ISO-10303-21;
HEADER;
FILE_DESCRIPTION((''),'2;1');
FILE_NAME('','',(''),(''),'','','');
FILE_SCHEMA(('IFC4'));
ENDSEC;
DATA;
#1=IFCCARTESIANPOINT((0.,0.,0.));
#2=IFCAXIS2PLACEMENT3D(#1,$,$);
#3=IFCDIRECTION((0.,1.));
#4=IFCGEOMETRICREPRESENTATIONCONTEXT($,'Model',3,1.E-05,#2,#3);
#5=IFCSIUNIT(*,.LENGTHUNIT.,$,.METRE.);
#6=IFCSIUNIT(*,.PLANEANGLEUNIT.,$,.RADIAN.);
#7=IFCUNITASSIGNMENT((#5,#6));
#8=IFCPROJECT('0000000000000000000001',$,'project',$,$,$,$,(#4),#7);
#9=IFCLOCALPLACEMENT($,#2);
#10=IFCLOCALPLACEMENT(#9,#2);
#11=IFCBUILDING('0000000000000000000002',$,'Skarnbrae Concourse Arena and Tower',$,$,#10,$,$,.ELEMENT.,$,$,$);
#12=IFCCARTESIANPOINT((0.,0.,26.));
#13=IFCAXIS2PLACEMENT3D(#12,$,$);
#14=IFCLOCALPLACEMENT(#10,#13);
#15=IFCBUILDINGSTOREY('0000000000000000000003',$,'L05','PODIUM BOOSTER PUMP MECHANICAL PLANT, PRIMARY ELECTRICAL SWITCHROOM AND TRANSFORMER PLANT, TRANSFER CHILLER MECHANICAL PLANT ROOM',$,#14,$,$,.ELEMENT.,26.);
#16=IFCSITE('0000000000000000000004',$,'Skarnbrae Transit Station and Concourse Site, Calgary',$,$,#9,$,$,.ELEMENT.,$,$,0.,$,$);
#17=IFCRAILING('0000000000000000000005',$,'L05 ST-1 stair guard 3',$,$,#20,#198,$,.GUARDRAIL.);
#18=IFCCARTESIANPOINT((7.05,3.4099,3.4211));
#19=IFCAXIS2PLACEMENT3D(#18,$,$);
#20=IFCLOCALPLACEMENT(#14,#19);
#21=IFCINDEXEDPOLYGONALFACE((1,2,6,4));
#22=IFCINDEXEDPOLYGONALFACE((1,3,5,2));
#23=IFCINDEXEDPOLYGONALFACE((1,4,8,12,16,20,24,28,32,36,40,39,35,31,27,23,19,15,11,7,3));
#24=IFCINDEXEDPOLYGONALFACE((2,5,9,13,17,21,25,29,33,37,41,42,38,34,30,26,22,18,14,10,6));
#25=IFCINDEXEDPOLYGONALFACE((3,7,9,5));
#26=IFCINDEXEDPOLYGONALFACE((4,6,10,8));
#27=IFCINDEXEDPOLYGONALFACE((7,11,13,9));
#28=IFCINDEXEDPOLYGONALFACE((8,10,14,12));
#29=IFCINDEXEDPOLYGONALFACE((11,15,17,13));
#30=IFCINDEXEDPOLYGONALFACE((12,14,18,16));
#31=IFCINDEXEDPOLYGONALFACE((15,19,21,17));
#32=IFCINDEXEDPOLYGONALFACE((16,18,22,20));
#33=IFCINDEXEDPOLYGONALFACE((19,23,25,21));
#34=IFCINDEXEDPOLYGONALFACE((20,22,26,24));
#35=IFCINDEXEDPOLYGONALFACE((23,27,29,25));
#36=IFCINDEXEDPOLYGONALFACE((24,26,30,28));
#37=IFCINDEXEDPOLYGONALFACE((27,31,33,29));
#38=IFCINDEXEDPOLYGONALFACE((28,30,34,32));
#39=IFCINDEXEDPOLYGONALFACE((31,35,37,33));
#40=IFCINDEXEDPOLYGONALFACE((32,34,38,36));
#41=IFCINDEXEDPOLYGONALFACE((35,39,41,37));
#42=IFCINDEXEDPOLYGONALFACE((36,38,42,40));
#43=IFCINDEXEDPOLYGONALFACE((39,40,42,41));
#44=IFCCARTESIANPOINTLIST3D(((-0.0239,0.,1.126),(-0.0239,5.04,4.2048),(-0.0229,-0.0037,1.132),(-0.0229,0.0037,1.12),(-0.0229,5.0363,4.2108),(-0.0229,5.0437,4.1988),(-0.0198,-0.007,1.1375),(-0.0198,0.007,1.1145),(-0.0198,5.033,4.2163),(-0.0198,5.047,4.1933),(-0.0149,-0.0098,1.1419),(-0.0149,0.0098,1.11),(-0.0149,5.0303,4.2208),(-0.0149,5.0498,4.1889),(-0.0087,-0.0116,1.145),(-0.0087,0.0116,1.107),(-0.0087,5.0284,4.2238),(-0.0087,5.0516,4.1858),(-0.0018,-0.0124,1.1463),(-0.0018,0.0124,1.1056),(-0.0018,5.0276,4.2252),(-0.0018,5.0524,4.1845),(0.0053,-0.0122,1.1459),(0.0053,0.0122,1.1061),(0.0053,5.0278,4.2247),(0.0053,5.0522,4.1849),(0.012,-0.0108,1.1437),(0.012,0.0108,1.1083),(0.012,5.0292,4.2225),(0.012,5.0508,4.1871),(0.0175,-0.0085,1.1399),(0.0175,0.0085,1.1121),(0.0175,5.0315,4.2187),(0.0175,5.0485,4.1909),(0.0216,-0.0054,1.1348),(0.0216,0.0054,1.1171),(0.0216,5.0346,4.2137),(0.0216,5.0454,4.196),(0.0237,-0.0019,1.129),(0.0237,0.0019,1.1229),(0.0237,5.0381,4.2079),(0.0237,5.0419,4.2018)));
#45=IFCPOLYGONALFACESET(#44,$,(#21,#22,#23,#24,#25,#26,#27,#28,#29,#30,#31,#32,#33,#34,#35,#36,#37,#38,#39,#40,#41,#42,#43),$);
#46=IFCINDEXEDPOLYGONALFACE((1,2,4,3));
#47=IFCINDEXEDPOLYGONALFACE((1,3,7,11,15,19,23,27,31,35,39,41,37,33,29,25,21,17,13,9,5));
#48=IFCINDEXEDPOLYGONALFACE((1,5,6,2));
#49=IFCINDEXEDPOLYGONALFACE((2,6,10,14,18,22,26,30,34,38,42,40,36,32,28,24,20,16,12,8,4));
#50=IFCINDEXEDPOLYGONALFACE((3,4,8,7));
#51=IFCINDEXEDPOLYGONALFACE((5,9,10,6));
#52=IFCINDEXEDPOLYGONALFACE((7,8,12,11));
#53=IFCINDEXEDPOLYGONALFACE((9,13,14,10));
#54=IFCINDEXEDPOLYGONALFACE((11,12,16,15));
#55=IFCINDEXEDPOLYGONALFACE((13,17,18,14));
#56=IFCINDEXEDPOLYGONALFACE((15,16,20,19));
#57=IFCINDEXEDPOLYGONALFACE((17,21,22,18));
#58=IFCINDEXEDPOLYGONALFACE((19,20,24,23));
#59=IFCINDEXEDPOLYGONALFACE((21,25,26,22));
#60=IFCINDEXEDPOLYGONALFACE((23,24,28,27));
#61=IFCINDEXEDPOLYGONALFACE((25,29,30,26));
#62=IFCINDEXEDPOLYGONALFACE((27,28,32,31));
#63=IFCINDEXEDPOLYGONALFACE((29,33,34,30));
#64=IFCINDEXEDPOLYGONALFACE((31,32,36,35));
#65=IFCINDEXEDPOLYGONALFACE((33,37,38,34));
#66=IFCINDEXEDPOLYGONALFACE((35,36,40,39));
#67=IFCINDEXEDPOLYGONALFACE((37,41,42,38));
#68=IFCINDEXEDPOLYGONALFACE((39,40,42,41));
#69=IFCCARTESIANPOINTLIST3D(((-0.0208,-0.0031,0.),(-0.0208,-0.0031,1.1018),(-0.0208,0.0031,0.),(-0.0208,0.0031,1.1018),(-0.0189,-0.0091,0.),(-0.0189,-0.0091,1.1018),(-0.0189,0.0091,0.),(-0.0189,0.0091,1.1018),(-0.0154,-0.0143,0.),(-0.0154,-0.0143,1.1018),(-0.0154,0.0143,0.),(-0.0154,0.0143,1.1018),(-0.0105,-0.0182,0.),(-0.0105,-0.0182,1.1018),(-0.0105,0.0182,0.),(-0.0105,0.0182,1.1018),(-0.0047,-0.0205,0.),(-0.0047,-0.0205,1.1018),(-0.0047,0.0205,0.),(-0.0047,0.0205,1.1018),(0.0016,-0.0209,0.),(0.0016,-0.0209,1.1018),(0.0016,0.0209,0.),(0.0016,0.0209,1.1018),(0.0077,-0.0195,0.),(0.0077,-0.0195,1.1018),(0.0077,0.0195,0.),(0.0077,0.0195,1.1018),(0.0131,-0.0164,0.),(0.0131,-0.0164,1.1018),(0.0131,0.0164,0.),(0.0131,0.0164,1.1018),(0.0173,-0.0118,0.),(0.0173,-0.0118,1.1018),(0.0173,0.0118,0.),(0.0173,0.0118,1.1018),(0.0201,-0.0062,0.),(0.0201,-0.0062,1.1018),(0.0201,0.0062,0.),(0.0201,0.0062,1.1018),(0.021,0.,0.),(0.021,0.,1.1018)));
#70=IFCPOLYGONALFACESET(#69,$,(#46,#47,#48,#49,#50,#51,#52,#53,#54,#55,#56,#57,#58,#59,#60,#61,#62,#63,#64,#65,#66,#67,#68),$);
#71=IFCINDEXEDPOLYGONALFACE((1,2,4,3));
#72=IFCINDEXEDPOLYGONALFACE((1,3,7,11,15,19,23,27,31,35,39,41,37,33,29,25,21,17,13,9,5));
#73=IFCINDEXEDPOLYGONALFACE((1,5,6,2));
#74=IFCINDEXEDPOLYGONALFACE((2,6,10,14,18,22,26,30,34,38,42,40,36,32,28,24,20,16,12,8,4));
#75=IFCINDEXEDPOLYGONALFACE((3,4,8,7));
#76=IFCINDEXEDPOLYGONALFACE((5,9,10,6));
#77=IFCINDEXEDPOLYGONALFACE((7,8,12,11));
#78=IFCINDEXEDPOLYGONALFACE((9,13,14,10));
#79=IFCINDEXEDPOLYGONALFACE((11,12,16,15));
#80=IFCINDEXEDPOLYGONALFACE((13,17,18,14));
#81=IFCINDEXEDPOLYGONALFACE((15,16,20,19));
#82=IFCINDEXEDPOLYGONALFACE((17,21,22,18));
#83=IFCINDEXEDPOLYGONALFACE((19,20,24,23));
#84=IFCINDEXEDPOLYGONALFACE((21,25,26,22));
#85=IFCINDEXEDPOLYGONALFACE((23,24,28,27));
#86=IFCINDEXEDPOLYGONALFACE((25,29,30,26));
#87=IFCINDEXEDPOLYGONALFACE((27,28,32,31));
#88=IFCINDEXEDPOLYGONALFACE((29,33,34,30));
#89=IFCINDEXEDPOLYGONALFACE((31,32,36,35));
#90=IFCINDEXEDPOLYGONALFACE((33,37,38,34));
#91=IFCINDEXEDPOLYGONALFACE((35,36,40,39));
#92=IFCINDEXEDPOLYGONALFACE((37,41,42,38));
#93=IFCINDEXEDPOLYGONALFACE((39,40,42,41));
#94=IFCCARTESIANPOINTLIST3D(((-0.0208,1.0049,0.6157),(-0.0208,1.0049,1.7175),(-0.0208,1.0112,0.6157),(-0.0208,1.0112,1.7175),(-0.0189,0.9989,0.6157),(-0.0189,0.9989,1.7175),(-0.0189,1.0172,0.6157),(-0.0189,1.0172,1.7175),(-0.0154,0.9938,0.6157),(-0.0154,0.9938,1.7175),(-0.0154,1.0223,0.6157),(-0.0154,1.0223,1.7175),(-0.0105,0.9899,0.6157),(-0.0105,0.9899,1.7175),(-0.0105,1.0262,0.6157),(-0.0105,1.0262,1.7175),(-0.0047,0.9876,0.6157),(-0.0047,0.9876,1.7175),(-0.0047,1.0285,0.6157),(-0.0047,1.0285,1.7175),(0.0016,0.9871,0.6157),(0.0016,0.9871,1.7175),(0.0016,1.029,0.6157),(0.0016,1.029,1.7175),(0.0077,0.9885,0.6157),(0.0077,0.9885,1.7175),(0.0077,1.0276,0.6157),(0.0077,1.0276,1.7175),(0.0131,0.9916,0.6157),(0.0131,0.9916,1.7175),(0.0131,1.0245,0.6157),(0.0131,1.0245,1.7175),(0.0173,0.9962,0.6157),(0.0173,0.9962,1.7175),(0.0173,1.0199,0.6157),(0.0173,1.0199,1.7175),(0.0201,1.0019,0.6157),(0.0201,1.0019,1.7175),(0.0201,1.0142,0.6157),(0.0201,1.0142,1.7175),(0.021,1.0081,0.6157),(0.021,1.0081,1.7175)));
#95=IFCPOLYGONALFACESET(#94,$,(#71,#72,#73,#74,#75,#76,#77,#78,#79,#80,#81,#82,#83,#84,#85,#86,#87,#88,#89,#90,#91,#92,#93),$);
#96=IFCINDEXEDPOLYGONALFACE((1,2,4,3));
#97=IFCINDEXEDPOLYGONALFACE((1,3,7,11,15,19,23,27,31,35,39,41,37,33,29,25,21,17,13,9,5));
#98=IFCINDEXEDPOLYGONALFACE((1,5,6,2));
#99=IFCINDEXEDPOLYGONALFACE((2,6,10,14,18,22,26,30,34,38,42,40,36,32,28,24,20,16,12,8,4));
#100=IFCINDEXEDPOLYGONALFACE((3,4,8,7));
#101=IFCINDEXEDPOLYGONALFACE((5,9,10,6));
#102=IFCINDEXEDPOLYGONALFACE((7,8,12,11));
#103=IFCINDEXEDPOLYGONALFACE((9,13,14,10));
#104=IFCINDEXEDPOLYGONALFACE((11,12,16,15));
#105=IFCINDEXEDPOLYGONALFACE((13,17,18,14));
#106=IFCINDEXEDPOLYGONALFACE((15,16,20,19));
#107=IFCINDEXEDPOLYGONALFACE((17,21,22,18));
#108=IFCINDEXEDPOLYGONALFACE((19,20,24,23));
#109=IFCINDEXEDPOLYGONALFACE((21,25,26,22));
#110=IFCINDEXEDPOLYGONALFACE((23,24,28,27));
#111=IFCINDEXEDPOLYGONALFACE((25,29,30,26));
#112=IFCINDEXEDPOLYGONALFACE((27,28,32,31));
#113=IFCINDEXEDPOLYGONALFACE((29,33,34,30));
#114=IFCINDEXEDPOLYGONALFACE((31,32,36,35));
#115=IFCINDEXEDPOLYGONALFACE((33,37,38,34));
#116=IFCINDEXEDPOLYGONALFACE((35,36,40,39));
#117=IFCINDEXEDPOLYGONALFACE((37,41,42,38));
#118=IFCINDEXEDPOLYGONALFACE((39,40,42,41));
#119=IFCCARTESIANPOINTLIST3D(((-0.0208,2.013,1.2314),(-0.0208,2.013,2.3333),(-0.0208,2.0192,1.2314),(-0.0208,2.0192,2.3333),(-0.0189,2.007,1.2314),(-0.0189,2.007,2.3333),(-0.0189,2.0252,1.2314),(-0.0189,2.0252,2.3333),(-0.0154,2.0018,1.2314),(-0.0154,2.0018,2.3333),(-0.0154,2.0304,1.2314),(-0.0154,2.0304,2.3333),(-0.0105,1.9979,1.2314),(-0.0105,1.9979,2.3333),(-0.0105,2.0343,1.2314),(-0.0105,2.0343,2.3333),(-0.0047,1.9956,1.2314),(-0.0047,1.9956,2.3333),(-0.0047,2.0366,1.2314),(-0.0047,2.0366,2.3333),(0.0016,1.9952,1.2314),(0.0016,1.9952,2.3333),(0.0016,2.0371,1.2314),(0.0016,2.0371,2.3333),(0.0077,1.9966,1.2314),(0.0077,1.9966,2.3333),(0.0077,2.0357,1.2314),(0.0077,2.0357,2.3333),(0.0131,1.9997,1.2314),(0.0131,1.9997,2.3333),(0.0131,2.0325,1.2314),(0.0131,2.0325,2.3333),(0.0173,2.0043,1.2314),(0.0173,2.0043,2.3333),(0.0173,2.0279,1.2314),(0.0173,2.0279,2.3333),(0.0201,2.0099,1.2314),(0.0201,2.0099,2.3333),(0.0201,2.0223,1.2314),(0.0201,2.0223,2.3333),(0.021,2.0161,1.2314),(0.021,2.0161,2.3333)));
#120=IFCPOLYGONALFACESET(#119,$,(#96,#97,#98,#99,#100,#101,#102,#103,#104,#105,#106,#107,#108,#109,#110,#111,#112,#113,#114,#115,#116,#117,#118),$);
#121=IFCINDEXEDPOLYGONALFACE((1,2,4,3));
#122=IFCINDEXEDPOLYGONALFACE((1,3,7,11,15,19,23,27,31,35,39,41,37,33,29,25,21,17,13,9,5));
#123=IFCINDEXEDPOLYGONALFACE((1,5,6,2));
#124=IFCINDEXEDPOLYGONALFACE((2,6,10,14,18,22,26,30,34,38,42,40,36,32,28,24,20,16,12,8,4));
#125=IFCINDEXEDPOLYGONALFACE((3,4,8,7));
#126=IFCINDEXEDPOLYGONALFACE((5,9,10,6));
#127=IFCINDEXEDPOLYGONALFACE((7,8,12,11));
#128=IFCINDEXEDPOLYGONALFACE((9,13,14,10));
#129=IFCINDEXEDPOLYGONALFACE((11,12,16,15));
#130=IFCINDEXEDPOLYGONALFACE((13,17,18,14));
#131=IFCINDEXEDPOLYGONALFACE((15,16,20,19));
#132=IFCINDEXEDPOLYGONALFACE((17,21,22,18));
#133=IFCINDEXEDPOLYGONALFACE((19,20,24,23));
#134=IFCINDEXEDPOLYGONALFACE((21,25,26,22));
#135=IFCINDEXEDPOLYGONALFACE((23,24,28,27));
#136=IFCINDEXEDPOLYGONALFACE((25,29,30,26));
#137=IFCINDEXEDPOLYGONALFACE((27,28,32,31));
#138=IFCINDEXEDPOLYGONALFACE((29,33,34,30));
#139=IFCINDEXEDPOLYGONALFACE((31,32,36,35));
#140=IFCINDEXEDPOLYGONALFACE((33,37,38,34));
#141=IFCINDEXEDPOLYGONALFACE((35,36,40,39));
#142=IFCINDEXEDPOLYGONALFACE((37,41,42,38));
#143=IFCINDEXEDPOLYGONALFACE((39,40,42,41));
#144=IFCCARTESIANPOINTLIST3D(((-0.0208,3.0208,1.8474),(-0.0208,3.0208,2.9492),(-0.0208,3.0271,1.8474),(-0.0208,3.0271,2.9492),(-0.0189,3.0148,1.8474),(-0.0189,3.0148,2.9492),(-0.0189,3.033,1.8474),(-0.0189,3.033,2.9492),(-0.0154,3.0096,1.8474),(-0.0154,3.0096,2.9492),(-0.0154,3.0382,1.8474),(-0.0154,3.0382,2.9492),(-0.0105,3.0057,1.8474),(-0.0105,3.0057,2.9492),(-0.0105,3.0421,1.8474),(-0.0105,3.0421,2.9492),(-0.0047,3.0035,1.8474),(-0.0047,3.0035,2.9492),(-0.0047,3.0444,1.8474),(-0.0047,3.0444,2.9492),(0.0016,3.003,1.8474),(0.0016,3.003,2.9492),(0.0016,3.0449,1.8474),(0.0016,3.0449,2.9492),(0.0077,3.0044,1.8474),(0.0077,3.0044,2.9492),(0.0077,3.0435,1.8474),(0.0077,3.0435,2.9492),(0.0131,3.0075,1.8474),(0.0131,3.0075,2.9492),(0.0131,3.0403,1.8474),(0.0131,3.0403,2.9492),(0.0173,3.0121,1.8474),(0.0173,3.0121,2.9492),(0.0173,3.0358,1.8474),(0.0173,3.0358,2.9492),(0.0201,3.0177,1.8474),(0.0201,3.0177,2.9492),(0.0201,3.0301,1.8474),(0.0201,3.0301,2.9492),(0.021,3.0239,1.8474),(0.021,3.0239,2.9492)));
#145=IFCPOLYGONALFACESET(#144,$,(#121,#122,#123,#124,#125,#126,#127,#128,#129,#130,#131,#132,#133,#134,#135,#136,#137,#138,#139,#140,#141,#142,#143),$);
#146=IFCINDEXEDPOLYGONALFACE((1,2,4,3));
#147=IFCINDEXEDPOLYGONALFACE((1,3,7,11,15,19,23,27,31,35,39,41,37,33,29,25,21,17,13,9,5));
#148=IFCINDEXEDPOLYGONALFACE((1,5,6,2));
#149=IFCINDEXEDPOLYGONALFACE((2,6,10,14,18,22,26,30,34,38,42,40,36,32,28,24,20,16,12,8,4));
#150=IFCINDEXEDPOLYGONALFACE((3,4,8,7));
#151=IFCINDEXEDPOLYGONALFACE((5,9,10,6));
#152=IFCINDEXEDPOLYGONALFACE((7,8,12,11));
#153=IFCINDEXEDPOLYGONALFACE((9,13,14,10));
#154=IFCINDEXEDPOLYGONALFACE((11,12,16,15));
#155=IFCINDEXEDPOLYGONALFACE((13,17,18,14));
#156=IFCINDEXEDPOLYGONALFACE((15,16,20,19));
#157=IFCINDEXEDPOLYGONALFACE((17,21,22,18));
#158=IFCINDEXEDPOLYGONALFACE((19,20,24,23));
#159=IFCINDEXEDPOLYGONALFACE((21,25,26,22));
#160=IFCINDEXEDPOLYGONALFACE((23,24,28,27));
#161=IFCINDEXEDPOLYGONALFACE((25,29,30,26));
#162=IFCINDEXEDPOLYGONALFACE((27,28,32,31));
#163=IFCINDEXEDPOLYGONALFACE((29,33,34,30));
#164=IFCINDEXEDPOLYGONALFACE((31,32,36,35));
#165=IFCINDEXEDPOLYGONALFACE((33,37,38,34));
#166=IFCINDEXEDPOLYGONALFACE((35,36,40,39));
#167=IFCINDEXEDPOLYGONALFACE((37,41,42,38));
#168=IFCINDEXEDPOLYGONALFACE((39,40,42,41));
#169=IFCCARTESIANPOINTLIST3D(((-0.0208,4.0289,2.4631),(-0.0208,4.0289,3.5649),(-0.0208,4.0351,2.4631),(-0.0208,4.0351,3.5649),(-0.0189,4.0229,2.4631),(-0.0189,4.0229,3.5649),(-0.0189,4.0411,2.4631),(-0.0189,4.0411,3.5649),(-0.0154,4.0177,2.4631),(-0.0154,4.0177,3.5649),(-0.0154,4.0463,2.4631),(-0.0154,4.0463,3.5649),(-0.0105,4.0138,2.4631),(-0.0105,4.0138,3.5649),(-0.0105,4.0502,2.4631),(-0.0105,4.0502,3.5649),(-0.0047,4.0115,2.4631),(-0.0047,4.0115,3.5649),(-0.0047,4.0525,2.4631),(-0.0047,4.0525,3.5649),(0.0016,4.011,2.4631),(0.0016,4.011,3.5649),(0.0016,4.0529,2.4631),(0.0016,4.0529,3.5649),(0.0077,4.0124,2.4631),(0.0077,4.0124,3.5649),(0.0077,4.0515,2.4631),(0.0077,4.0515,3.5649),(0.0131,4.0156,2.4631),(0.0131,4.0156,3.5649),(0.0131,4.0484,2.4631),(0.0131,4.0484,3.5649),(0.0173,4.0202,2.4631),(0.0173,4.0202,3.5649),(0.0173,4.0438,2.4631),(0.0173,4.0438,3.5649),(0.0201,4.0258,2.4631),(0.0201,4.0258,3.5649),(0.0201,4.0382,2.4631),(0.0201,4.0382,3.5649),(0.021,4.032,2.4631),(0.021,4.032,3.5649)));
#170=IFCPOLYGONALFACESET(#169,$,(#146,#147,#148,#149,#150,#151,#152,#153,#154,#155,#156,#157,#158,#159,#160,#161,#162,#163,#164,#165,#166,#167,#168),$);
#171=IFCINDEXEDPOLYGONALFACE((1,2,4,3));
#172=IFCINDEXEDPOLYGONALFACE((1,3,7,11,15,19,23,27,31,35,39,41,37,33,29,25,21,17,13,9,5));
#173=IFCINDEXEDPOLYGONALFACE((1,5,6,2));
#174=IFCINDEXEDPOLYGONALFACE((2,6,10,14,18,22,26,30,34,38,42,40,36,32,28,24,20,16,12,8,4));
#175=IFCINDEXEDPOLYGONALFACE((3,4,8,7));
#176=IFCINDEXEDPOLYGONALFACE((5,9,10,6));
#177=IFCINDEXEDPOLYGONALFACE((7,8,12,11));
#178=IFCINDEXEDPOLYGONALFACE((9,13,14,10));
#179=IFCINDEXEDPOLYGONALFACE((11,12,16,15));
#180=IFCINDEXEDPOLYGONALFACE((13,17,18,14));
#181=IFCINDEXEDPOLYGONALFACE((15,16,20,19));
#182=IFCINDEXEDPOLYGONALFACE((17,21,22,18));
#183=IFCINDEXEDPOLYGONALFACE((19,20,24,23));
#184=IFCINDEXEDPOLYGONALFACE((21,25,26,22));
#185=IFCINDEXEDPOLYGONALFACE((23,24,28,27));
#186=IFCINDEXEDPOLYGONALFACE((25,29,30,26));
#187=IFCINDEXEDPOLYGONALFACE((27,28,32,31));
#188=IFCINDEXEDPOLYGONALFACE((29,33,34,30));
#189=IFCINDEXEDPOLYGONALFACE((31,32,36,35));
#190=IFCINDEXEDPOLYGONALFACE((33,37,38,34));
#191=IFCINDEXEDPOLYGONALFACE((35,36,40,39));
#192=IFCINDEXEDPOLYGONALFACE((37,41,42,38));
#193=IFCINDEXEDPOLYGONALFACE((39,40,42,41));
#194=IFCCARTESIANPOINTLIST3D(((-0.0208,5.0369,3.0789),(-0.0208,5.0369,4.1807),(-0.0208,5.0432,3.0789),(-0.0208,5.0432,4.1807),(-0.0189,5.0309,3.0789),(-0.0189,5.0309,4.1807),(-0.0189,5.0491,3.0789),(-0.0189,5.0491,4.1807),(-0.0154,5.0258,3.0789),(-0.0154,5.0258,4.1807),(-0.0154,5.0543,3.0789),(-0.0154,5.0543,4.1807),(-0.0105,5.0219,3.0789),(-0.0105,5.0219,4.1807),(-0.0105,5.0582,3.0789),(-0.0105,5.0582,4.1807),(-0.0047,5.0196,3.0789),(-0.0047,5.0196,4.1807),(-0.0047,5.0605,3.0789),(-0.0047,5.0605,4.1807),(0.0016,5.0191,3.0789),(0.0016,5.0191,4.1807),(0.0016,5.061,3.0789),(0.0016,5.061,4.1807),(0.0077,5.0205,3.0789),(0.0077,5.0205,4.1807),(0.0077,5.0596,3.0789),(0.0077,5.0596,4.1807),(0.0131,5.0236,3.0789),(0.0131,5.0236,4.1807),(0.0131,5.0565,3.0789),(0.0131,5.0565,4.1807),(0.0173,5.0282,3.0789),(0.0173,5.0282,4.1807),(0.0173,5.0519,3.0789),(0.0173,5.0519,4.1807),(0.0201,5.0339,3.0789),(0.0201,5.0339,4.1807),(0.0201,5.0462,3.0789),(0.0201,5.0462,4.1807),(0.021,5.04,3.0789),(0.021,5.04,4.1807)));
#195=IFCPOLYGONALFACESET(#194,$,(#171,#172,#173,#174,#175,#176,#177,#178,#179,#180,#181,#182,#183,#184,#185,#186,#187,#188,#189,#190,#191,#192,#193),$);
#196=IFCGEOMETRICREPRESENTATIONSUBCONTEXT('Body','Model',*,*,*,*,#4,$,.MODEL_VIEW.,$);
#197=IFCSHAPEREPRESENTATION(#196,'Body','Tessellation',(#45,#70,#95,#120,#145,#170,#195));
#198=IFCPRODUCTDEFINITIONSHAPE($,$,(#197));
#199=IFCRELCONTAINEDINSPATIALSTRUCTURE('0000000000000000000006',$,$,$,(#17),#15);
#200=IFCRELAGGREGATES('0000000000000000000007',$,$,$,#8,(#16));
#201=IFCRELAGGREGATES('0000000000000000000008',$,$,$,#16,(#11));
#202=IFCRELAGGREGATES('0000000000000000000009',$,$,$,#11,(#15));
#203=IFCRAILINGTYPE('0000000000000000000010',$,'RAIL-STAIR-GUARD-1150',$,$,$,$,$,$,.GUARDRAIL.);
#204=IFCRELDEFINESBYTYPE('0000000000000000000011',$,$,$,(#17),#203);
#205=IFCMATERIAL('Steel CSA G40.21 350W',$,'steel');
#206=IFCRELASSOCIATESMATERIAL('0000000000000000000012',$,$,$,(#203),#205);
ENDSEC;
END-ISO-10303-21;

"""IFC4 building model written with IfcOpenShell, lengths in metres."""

from ifc_helpers import new_model, si_unit, direction, frame, origin, origin_2d, place, context, subcontext, project, spatial, circle, extrude, material, type_object, element, save


model = new_model("IFC4")

# Units and contexts
model_context = context("Model", 3, precision=1e-05, world=origin(), true_north=direction((0.0, 1.0)))
body_context = subcontext(model_context, "Body", "Model", "MODEL_VIEW")
ifc_project = project(units=[si_unit("LENGTHUNIT", "METRE"), si_unit("PLANEANGLEUNIT", "RADIAN")], contexts=[model_context])

# Site, building, storey
site_placement = place(None, origin())
site = spatial("IfcSite", under=ifc_project, at=site_placement, Name="Skarnbrae Transit Station and Concourse Site, Calgary", CompositionType="ELEMENT", RefElevation=0.0)
building_placement = place(site_placement, origin())
building = spatial("IfcBuilding", under=site, at=building_placement, Name="Skarnbrae Concourse Arena and Tower", CompositionType="ELEMENT")
storey_placement = place(building_placement, frame((0.0, 0.0, 26.0)))
storey = spatial("IfcBuildingStorey", under=building, at=storey_placement, Name="L05", Description="PODIUM BOOSTER PUMP MECHANICAL PLANT, PRIMARY ELECTRICAL SWITCHROOM AND TRANSFORMER PLANT, TRANSFER CHILLER MECHANICAL PLANT ROOM", CompositionType="ELEMENT", Elevation=26.0)

# Shared definitions
ifc_material_1 = material(Name="Steel CSA G40.21 350W", Category="steel")

# Railing
railing_type_1 = type_object("IfcRailingType", Name="RAIL-STAIR-GUARD-1150", PredefinedType="GUARDRAIL", material=ifc_material_1)
railing_1_placement = place(storey_placement, frame((7.05, 3.4099, 3.4211)))
element("IfcRailing", 1, at=railing_1_placement, inside=storey, type_object=railing_type_1, Name="L05 ST-1 stair guard 3", PredefinedType="GUARDRAIL", context=body_context, shape_type="SweptSolid", body=[
    extrude(circle(Radius=0.0239, at=origin_2d()), frame((0.0, 0.0, 1.126), z_axis=(0.0, 0.85337, 0.521306), x_axis=(-1.0, 0.0, 0.0)), (0.0, 0.0, 1.0), 5.906),
    extrude(circle(Radius=0.021, at=origin_2d()), origin(), (0.0, 0.0, 1.0), 1.1018),
    extrude(circle(Radius=0.021, at=origin_2d()), frame((0.0, 1.0081, 0.6157)), (0.0, 0.0, 1.0), 1.1018),
    extrude(circle(Radius=0.021, at=origin_2d()), frame((0.0, 2.0161, 1.2314)), (0.0, 0.0, 1.0), 1.1018),
    extrude(circle(Radius=0.021, at=origin_2d()), frame((0.0, 3.0239, 1.8474)), (0.0, 0.0, 1.0), 1.1018),
    extrude(circle(Radius=0.021, at=origin_2d()), frame((0.0, 4.032, 2.4631)), (0.0, 0.0, 1.0), 1.1018),
    extrude(circle(Radius=0.021, at=origin_2d()), frame((0.0, 5.04, 3.0789)), (0.0, 0.0, 1.0), 1.1018),
])

save(model, "model.ifc")
